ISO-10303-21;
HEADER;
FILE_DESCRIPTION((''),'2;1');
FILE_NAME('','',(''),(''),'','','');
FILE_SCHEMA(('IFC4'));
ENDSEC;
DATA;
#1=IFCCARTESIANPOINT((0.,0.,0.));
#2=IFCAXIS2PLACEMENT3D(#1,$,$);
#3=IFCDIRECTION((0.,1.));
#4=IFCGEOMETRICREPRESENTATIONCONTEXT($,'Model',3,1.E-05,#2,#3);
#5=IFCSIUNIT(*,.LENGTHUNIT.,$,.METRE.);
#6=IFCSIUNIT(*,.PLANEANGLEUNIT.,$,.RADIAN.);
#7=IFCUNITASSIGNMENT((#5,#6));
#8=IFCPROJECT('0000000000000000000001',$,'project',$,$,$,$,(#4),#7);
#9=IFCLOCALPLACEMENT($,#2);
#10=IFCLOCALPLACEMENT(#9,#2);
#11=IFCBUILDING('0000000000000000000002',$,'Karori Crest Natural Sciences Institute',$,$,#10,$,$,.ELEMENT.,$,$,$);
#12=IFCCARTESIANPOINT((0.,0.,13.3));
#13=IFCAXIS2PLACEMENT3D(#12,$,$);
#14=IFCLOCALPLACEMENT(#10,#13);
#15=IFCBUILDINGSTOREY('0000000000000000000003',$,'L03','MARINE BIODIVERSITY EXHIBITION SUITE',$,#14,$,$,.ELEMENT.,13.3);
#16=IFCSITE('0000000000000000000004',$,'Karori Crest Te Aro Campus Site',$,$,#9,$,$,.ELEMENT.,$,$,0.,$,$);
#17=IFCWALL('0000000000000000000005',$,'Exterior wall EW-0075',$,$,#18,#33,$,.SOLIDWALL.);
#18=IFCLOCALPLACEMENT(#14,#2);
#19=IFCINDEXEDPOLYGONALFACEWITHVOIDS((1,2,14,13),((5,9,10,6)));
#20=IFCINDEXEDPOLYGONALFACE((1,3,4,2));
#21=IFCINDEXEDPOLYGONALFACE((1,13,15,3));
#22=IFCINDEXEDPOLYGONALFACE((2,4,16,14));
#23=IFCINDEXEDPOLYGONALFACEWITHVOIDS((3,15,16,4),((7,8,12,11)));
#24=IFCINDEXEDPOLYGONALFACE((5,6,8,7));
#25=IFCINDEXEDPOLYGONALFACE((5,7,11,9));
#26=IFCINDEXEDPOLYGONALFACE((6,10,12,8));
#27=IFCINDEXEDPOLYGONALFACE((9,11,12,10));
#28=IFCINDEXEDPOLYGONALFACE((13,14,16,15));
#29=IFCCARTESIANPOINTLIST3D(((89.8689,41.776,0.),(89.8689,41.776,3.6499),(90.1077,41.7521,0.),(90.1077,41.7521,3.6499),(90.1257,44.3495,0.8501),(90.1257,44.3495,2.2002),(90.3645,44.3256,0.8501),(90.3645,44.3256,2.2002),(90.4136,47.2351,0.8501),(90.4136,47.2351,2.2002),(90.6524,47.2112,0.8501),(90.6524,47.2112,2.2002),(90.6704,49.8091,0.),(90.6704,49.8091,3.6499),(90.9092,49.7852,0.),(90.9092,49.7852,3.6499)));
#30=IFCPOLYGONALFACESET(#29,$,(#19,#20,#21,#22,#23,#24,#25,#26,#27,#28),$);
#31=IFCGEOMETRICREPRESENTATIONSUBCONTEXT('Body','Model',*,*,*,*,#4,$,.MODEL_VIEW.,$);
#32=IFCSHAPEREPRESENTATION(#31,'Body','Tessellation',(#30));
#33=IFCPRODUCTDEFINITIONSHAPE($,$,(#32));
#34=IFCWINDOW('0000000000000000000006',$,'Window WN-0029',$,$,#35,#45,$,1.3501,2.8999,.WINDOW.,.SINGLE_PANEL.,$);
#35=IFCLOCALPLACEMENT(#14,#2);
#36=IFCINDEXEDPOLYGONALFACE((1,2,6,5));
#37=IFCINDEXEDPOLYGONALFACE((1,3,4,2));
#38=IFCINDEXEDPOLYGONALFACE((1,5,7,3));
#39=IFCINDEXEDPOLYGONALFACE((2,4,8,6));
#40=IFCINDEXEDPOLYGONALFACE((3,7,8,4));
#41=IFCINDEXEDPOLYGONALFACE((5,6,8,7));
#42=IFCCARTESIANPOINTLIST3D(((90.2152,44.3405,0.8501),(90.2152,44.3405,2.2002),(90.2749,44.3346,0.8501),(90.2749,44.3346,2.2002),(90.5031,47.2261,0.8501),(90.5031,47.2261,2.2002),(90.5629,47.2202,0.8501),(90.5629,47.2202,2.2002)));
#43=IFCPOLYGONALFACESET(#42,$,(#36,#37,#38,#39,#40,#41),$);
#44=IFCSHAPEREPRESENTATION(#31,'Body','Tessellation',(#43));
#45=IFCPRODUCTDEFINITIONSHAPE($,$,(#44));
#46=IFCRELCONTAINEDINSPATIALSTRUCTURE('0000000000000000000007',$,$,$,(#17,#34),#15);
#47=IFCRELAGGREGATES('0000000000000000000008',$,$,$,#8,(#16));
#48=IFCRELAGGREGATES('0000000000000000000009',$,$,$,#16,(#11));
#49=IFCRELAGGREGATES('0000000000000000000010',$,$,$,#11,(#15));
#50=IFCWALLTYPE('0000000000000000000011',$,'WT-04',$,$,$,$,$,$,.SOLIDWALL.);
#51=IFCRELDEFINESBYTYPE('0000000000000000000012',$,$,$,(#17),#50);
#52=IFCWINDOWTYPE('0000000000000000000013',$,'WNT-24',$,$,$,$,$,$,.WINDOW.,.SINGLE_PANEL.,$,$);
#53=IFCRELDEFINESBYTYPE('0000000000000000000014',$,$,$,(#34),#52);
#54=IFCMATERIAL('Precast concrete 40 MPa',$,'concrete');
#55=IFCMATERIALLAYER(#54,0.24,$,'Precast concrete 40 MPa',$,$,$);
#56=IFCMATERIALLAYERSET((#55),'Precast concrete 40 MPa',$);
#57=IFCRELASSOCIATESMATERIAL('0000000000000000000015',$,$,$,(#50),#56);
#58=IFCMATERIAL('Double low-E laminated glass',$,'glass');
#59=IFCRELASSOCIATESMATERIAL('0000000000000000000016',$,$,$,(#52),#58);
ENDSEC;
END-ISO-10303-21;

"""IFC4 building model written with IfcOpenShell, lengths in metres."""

from ifc_helpers import new_model, si_unit, direction, frame, frame_2d, origin, place, context, subcontext, project, spatial, rectangle, extrude, material, layer, layer_set, type_object, element, fill, save


model = new_model("IFC4")

# Units and contexts
model_context = context("Model", 3, precision=1e-05, world=origin(), true_north=direction((0.0, 1.0)))
body_context = subcontext(model_context, "Body", "Model", "MODEL_VIEW")
ifc_project = project(units=[si_unit("LENGTHUNIT", "METRE"), si_unit("PLANEANGLEUNIT", "RADIAN")], contexts=[model_context])

# Site, building, storey
site_placement = place(None, origin())
site = spatial("IfcSite", under=ifc_project, at=site_placement, Name="Karori Crest Te Aro Campus Site", CompositionType="ELEMENT", RefElevation=0.0)
building_placement = place(site_placement, origin())
building = spatial("IfcBuilding", under=site, at=building_placement, Name="Karori Crest Natural Sciences Institute", CompositionType="ELEMENT")
storey_placement = place(building_placement, frame((0.0, 0.0, 13.3)))
storey = spatial("IfcBuildingStorey", under=building, at=storey_placement, Name="L03", Description="MARINE BIODIVERSITY EXHIBITION SUITE", CompositionType="ELEMENT", Elevation=13.3)

# Shared definitions
ifc_material_1 = material(Name="Double low-E laminated glass", Category="glass")

# Wall, opening, window
ifc_material_2 = material(Name="Precast concrete 40 MPa", Category="concrete")
ifc_layer_1 = layer(ifc_material_2, 0.24, Name="Precast concrete 40 MPa")
ifc_layer_set_1 = layer_set([ifc_layer_1], Name="Precast concrete 40 MPa")
wall_type = type_object("IfcWallType", Name="WT-04", PredefinedType="SOLIDWALL", material=ifc_layer_set_1)
wall_1_placement = place(storey_placement, frame((89.9883, 41.7639, 0.0), z_axis=(0.0, 0.0, 1.0), x_axis=(0.099282, 0.995059, 0.0)))
wall_1 = element("IfcWall", 1, at=wall_1_placement, inside=storey, type_object=wall_type, Name="Exterior wall EW-0075", PredefinedType="SOLIDWALL", context=body_context, shape_type="SweptSolid", body=[
    extrude(rectangle(XDim=8.073, YDim=0.24, at=frame_2d((4.0366, 0.0))), origin(), (0.0, 0.0, 1.0), 3.6499),
])
opening_1_placement = place(wall_1_placement, frame((2.5864, 0.0, 0.8501)))
opening_1 = element("IfcOpeningElement", 2, at=opening_1_placement, cuts=wall_1, PredefinedType="OPENING", context=body_context, shape_type="SweptSolid", body=[
    extrude(rectangle(XDim=2.8999, YDim=1.3501, at=frame_2d((1.45, 0.675))), frame((0.0, 0.1299, 0.0), z_axis=(0.0, -1.0, 0.0), x_axis=(1.0, 0.0, 0.0)), (0.0, 0.0, 1.0), 0.26),
])
window_type_1 = type_object("IfcWindowType", Name="WNT-24", PartitioningType="SINGLE_PANEL", PredefinedType="WINDOW", material=ifc_material_1)
window_1_placement = place(opening_1_placement, origin())
window_1 = element("IfcWindow", 3, at=window_1_placement, inside=storey, type_object=window_type_1, Name="Window WN-0029", OverallHeight=1.3501, OverallWidth=2.8999, PartitioningType="SINGLE_PANEL", PredefinedType="WINDOW", context=body_context, shape_type="SweptSolid", body=[
    extrude(rectangle(XDim=2.8999, YDim=1.3501, at=frame_2d((1.45, 0.675))), frame((0.0, 0.03, 0.0), z_axis=(0.0, -1.0, 0.0), x_axis=(1.0, 0.0, 0.0)), (0.0, 0.0, 1.0), 0.0601),
])
fill(opening_1, window_1)

save(model, "model.ifc")
